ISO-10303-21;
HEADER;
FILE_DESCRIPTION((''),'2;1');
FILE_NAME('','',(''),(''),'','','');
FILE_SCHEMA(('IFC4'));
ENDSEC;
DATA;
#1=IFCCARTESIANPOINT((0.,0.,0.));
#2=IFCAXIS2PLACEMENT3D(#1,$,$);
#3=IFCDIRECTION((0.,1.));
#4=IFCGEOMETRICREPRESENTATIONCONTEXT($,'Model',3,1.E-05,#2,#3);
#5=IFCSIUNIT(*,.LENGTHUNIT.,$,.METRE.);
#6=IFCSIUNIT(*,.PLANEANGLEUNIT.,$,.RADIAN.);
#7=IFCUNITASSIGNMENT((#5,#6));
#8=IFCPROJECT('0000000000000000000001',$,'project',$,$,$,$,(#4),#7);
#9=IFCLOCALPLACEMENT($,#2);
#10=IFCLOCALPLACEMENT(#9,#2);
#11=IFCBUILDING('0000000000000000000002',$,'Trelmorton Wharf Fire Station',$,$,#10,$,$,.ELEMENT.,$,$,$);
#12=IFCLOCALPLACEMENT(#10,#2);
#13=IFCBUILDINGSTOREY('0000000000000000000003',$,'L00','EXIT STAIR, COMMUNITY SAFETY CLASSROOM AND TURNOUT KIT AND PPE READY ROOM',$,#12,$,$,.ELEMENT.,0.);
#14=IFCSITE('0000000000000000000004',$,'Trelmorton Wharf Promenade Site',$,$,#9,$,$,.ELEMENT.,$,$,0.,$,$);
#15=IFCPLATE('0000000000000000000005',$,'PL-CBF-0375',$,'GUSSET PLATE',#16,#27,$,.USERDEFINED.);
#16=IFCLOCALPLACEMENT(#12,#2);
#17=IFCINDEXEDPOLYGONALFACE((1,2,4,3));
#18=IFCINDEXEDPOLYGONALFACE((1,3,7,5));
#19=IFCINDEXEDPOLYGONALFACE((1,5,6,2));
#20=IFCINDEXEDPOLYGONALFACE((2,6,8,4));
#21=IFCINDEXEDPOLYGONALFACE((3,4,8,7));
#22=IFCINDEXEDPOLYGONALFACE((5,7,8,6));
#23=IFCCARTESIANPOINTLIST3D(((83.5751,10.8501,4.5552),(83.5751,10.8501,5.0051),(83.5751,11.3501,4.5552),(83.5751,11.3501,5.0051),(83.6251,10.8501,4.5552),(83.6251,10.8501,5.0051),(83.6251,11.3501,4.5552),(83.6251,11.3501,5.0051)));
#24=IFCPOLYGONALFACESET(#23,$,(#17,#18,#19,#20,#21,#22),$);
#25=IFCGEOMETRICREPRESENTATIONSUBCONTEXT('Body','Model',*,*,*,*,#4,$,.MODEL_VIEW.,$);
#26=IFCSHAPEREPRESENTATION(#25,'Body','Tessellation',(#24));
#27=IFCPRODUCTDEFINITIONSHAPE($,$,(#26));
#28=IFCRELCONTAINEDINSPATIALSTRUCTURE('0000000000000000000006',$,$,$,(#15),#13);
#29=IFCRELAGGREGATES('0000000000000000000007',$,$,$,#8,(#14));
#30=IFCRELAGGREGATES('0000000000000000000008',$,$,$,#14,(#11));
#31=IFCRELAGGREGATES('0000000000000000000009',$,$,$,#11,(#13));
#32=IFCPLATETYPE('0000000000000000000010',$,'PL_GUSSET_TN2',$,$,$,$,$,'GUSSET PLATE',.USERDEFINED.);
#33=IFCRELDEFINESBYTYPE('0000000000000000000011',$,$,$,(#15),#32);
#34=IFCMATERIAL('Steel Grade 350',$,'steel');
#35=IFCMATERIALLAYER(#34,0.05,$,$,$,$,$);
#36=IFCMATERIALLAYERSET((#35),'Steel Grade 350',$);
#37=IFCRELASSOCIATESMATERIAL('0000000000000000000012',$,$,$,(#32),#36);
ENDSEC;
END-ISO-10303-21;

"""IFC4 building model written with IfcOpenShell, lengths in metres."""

from ifc_helpers import new_model, si_unit, direction, frame, origin, origin_2d, place, context, subcontext, project, spatial, rectangle, extrude, material, layer, layer_set, type_object, element, save


model = new_model("IFC4")

# Units and contexts
model_context = context("Model", 3, precision=1e-05, world=origin(), true_north=direction((0.0, 1.0)))
body_context = subcontext(model_context, "Body", "Model", "MODEL_VIEW")
ifc_project = project(units=[si_unit("LENGTHUNIT", "METRE"), si_unit("PLANEANGLEUNIT", "RADIAN")], contexts=[model_context])

# Site, building, storey
site_placement = place(None, origin())
site = spatial("IfcSite", under=ifc_project, at=site_placement, Name="Trelmorton Wharf Promenade Site", CompositionType="ELEMENT", RefElevation=0.0)
building_placement = place(site_placement, origin())
building = spatial("IfcBuilding", under=site, at=building_placement, Name="Trelmorton Wharf Fire Station", CompositionType="ELEMENT")
storey_placement = place(building_placement, origin())
storey = spatial("IfcBuildingStorey", under=building, at=storey_placement, Name="L00", Description="EXIT STAIR, COMMUNITY SAFETY CLASSROOM AND TURNOUT KIT AND PPE READY ROOM", CompositionType="ELEMENT", Elevation=0.0)

# Shared definitions
ifc_material_1 = material(Name="Steel Grade 350", Category="steel")

# Plate
ifc_layer_1 = layer(ifc_material_1, 0.05)
ifc_layer_set_1 = layer_set([ifc_layer_1], Name="Steel Grade 350")
plate_type_1 = type_object("IfcPlateType", Name="PL_GUSSET_TN2", ElementType="GUSSET PLATE", PredefinedType="USERDEFINED", material=ifc_layer_set_1)
for number, where, z_axis, x_axis, name in (
    (1, (83.6001, 11.1001, 4.5552), (0.0, 0.0, 1.0), (1.0, 0.0, 0.0), "PL-CBF-0375"),
):
    element("IfcPlate", number, at=place(storey_placement, frame(where, z_axis=z_axis, x_axis=x_axis)), inside=storey, type_object=plate_type_1, Name=name, ObjectType="GUSSET PLATE", PredefinedType="USERDEFINED", context=body_context, shape_type="SweptSolid", body=[
        extrude(rectangle(XDim=0.05, YDim=0.5, at=origin_2d()), origin(), (0.0, 0.0, 1.0), 0.45),
    ])

save(model, "model.ifc")
